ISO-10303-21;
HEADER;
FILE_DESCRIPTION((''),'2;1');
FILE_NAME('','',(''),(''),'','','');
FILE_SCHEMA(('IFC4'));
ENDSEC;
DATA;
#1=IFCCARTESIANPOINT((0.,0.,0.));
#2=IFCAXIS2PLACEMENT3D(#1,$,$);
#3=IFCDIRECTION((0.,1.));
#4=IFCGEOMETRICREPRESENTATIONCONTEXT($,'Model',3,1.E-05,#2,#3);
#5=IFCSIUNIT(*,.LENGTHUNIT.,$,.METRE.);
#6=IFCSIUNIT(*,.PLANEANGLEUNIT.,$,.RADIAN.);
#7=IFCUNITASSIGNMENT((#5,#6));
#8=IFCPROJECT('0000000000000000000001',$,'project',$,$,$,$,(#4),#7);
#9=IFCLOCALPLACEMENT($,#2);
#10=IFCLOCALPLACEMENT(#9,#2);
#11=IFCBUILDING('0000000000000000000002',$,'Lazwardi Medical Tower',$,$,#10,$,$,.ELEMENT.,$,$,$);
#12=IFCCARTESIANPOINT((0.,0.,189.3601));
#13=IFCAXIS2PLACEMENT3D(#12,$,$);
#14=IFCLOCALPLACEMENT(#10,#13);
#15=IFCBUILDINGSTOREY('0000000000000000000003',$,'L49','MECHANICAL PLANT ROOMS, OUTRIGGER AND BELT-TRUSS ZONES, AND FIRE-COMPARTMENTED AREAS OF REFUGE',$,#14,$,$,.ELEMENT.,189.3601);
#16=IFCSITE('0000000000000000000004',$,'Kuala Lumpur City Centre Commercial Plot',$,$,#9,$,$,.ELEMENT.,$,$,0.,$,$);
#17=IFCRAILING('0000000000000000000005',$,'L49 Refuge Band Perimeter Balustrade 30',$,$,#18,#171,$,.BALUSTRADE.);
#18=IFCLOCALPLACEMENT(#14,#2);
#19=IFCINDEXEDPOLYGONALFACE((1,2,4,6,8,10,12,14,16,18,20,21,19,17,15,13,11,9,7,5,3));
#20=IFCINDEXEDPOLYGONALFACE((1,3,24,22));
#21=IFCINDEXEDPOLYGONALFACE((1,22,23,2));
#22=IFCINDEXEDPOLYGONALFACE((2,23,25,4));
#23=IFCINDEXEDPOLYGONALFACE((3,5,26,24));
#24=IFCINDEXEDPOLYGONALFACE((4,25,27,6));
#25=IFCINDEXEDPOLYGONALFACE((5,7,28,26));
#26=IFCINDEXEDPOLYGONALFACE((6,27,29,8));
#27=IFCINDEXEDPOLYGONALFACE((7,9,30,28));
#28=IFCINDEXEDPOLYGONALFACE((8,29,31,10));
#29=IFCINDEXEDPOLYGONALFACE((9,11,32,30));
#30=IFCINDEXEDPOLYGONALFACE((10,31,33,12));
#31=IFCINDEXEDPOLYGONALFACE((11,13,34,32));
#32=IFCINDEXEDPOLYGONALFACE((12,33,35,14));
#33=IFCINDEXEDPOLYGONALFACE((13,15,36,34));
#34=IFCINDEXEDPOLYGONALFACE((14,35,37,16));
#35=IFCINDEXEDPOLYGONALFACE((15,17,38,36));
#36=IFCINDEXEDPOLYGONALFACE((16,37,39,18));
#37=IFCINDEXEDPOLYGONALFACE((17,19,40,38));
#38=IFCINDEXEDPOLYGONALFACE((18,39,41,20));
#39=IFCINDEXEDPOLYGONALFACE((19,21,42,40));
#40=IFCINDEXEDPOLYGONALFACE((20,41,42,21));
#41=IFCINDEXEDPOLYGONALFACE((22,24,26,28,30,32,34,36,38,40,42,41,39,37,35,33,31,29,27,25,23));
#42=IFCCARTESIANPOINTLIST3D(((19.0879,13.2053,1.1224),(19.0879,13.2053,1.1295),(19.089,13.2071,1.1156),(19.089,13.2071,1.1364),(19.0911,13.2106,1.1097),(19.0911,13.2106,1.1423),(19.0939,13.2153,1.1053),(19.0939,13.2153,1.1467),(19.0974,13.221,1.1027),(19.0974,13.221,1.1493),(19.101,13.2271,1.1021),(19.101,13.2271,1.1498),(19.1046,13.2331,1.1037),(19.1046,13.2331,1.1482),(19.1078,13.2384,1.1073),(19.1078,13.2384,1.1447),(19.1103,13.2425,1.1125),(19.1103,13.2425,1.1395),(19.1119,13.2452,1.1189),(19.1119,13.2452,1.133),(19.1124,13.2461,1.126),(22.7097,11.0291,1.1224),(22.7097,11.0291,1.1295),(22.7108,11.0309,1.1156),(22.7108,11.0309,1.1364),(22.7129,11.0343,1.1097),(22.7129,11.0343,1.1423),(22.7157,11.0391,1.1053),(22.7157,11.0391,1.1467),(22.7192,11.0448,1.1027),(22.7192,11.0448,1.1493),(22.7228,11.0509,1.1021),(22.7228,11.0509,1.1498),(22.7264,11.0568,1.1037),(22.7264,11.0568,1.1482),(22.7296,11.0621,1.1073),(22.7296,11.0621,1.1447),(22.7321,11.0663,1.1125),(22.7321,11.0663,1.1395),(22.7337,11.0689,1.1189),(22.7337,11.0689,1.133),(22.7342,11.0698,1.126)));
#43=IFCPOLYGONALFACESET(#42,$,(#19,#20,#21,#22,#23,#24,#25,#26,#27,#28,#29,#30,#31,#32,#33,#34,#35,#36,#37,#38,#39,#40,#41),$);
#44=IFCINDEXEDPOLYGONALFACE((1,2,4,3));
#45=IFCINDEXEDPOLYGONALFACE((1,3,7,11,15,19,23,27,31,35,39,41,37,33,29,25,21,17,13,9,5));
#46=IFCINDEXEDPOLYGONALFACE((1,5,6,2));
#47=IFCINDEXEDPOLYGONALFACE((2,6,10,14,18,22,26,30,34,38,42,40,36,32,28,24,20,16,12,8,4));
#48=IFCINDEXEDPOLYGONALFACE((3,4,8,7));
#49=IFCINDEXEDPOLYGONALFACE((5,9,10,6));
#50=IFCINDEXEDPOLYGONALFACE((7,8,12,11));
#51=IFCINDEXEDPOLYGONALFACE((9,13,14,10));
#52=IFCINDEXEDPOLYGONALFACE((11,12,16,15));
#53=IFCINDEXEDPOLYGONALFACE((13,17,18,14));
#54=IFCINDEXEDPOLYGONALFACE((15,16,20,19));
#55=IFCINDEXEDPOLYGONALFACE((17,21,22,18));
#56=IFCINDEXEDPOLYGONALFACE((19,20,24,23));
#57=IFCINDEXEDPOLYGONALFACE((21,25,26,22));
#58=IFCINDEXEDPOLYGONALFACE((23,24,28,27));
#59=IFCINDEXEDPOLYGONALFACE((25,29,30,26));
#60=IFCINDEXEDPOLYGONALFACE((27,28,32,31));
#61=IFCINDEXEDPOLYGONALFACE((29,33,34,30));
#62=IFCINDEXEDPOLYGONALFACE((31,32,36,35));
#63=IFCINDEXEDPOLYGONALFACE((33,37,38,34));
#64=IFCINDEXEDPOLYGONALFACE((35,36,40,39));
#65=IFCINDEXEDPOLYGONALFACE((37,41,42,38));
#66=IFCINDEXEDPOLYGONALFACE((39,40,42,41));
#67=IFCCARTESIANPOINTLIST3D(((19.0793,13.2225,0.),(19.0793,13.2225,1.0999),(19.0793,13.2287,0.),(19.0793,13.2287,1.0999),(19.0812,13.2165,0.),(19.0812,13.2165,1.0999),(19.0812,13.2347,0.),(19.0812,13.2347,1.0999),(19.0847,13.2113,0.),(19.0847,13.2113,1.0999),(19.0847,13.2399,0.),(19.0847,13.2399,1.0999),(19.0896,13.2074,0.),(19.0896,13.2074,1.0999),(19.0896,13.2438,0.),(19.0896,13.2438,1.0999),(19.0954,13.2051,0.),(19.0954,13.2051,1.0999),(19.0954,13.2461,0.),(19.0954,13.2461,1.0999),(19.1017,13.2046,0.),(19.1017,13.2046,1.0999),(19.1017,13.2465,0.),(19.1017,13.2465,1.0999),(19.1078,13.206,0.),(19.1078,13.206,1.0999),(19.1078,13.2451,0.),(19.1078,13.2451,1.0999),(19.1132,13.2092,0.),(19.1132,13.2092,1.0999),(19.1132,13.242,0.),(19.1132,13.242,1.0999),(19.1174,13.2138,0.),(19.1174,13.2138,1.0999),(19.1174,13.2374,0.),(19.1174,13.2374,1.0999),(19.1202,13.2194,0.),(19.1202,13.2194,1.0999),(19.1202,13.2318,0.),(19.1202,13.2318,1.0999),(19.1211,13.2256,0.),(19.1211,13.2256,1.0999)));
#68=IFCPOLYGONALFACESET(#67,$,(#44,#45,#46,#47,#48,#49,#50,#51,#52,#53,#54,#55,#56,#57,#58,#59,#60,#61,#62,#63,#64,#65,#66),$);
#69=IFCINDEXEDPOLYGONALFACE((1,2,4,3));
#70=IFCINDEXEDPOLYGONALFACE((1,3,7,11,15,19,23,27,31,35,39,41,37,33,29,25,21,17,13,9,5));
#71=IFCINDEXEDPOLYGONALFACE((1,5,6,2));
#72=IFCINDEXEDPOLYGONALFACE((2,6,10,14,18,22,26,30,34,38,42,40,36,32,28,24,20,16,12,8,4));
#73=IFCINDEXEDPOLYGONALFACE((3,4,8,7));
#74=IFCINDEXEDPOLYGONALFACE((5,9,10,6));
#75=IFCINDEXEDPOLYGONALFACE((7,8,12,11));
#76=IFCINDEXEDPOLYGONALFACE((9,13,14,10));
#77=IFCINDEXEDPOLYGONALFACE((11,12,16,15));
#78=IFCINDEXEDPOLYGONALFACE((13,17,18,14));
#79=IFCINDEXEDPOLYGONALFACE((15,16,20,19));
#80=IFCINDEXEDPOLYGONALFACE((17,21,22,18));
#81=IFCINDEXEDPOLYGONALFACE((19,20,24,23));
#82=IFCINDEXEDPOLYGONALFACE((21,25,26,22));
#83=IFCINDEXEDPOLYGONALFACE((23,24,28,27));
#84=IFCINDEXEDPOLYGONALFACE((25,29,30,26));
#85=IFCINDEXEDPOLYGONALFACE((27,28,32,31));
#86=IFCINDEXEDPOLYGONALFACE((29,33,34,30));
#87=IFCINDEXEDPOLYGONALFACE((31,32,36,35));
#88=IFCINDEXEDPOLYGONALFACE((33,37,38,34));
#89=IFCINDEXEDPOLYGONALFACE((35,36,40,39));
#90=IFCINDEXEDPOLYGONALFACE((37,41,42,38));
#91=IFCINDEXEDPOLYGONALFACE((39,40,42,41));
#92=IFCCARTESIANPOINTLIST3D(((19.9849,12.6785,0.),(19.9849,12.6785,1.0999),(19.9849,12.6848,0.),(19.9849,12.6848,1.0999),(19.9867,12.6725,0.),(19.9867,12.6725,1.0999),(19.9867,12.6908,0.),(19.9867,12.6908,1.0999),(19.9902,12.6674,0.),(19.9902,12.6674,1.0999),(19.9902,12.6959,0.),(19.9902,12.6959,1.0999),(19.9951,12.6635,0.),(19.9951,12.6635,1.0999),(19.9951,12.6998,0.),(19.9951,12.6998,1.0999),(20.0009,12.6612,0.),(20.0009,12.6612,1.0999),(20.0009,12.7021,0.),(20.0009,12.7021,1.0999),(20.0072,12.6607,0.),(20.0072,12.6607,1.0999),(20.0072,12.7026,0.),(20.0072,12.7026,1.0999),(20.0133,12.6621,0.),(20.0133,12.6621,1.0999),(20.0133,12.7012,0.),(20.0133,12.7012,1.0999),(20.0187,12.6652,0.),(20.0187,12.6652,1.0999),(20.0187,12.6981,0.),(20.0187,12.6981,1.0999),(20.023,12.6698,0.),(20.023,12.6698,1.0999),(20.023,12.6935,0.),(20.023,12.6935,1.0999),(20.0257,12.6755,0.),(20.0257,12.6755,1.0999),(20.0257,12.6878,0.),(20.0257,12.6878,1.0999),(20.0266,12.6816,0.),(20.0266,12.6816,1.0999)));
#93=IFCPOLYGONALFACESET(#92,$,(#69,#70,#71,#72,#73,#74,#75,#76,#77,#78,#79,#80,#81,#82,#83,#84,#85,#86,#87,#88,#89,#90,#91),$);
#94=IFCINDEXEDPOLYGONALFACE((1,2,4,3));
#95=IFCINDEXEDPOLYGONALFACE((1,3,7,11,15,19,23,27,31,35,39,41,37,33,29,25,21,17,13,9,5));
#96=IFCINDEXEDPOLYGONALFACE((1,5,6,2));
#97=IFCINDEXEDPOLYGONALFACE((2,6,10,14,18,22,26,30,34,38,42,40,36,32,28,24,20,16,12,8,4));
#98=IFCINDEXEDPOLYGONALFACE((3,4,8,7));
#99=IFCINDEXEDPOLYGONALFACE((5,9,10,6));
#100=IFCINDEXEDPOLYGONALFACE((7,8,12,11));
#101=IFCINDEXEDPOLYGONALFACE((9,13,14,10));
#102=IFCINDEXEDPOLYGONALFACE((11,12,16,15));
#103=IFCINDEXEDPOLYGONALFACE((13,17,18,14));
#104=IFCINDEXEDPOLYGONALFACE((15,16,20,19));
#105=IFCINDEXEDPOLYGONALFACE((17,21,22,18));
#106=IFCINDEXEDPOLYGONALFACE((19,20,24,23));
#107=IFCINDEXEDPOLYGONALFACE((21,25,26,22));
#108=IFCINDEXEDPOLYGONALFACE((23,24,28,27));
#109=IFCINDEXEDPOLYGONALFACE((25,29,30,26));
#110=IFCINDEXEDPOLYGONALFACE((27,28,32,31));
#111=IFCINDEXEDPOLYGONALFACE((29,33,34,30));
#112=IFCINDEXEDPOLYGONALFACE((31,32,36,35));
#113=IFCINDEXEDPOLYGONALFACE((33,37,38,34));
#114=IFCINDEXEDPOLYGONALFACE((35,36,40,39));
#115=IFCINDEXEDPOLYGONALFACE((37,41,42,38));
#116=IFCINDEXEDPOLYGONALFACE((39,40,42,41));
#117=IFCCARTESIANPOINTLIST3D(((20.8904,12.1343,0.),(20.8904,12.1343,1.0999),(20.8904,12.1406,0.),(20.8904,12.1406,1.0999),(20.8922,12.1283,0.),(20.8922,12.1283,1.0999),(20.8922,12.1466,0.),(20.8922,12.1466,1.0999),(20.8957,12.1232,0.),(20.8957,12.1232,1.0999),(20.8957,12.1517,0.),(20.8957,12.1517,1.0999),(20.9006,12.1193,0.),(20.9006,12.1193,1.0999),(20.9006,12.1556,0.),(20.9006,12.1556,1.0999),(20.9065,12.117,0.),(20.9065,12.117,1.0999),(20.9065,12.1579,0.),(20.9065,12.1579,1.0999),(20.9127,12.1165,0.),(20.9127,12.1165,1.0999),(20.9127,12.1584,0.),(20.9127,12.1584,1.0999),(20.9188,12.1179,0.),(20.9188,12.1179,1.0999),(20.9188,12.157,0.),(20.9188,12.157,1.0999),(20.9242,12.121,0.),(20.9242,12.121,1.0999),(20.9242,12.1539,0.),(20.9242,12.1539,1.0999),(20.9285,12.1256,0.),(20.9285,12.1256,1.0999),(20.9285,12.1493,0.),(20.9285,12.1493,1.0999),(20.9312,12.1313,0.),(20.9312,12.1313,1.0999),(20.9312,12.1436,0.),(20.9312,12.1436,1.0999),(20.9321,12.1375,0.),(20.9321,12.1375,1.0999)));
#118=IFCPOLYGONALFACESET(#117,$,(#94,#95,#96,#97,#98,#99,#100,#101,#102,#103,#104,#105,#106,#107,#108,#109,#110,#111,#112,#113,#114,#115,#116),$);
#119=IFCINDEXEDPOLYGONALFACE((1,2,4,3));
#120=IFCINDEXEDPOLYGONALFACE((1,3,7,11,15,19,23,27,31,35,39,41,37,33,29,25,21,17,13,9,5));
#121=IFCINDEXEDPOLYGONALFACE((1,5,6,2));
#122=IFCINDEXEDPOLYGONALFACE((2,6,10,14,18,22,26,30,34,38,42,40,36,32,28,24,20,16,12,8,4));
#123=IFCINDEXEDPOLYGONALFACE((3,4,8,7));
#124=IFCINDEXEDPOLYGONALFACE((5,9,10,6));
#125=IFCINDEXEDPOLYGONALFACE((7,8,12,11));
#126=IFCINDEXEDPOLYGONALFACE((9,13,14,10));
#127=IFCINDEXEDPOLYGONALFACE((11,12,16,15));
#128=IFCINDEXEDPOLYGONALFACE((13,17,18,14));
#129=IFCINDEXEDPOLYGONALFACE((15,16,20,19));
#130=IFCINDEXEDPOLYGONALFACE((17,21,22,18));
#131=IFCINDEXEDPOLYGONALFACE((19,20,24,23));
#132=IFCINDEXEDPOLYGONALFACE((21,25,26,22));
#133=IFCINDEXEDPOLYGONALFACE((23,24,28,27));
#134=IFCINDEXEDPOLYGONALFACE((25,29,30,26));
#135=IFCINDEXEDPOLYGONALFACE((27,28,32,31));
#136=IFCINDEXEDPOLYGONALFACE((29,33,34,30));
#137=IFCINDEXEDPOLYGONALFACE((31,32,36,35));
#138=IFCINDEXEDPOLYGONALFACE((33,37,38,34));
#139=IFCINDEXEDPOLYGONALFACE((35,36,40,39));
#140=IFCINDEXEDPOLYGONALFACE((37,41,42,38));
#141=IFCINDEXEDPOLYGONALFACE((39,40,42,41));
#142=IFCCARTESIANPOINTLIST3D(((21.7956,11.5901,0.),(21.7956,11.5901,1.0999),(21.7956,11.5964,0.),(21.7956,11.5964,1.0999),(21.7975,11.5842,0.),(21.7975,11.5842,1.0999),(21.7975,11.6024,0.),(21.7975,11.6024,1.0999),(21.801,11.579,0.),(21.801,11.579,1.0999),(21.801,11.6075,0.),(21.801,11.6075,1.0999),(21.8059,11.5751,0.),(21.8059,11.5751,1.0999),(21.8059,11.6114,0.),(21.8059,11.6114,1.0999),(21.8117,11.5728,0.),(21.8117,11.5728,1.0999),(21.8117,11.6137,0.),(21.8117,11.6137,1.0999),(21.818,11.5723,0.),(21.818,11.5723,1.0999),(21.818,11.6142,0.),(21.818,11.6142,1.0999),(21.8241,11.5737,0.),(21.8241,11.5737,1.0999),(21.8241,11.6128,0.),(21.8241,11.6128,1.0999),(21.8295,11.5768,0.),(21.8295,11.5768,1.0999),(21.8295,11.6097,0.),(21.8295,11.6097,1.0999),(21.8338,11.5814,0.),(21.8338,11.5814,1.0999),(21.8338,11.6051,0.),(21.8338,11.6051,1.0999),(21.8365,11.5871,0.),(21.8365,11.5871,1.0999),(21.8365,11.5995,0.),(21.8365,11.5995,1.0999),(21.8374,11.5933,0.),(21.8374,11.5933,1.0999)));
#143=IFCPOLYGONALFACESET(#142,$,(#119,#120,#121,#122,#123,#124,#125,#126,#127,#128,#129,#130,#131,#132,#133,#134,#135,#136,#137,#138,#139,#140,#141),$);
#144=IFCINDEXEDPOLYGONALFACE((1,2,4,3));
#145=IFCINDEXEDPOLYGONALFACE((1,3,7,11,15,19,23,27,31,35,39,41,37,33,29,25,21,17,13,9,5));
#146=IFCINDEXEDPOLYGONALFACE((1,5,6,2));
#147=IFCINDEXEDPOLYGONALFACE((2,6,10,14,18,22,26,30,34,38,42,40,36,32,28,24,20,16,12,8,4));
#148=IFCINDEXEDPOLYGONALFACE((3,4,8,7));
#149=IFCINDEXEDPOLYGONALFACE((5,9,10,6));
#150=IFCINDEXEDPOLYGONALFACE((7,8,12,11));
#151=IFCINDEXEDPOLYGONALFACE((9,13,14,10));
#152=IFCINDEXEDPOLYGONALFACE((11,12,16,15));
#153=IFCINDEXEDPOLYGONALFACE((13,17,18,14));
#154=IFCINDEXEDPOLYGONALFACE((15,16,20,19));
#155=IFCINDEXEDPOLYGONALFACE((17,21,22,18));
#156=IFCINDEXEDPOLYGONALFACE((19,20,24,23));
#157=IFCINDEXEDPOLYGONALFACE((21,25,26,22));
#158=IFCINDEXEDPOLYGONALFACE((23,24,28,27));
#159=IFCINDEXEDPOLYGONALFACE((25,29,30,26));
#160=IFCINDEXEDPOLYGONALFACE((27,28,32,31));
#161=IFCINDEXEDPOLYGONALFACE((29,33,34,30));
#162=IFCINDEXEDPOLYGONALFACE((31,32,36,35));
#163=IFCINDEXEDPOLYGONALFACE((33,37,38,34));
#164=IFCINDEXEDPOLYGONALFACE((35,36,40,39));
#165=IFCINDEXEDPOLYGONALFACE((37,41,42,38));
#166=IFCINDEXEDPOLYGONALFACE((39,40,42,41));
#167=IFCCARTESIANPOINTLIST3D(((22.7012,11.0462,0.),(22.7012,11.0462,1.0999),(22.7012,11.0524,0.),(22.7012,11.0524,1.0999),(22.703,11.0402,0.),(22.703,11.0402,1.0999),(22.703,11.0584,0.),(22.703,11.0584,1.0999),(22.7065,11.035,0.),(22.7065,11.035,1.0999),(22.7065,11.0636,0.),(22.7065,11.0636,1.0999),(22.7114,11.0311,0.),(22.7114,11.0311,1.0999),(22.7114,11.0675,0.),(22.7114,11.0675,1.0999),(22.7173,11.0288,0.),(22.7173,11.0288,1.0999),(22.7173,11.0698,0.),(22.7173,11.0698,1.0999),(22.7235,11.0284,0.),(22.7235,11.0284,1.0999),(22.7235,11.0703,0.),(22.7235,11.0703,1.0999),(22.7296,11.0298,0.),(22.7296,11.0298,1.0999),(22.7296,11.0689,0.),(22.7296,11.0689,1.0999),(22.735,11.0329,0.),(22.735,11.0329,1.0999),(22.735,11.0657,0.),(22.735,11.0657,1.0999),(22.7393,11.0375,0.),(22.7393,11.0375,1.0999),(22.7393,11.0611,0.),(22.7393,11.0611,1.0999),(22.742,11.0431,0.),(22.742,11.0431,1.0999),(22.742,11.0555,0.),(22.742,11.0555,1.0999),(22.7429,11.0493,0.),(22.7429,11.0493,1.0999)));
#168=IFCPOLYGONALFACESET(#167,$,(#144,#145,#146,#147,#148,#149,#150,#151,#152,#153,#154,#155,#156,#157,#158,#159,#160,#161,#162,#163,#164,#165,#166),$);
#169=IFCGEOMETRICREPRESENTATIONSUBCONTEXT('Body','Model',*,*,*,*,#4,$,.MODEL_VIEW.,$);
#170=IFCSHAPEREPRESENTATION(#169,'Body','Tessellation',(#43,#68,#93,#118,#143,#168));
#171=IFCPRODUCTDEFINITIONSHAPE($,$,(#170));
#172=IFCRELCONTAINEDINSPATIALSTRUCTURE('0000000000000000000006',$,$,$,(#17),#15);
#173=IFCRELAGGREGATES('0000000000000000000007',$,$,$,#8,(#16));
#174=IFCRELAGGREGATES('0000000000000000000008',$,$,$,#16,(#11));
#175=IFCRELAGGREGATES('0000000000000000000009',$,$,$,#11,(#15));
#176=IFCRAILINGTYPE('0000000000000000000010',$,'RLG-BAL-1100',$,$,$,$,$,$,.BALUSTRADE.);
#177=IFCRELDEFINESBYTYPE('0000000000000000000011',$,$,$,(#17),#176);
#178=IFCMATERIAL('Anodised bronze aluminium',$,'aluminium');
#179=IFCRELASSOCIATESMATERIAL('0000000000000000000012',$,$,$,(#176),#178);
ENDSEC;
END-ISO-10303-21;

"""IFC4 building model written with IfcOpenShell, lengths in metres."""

from ifc_helpers import new_model, si_unit, direction, frame, origin, origin_2d, place, context, subcontext, project, spatial, circle, extrude, material, type_object, element, save


model = new_model("IFC4")

# Units and contexts
model_context = context("Model", 3, precision=1e-05, world=origin(), true_north=direction((0.0, 1.0)))
body_context = subcontext(model_context, "Body", "Model", "MODEL_VIEW")
ifc_project = project(units=[si_unit("LENGTHUNIT", "METRE"), si_unit("PLANEANGLEUNIT", "RADIAN")], contexts=[model_context])

# Site, building, storey
site_placement = place(None, origin())
site = spatial("IfcSite", under=ifc_project, at=site_placement, Name="Kuala Lumpur City Centre Commercial Plot", CompositionType="ELEMENT", RefElevation=0.0)
building_placement = place(site_placement, origin())
building = spatial("IfcBuilding", under=site, at=building_placement, Name="Lazwardi Medical Tower", CompositionType="ELEMENT")
storey_placement = place(building_placement, frame((0.0, 0.0, 189.3601)))
storey = spatial("IfcBuildingStorey", under=building, at=storey_placement, Name="L49", Description="MECHANICAL PLANT ROOMS, OUTRIGGER AND BELT-TRUSS ZONES, AND FIRE-COMPARTMENTED AREAS OF REFUGE", CompositionType="ELEMENT", Elevation=189.3601)

# Railing
ifc_material_1 = material(Name="Anodised bronze aluminium", Category="aluminium")
railing_type = type_object("IfcRailingType", Name="RLG-BAL-1100", PredefinedType="BALUSTRADE", material=ifc_material_1)
railing_1_placement = place(storey_placement, frame((19.1001, 13.2256, 0.0)))
element("IfcRailing", 1, at=railing_1_placement, inside=storey, type_object=railing_type, Name="L49 Refuge Band Perimeter Balustrade 30", PredefinedType="BALUSTRADE", context=body_context, shape_type="SweptSolid", body=[
    extrude(circle(Radius=0.0239, at=origin_2d()), frame((0.0, 0.0, 1.126), z_axis=(0.857161, -0.515048, 0.0), x_axis=(0.515048, 0.857161, 0.0)), (0.0, 0.0, 1.0), 4.2253),
    extrude(circle(Radius=0.021, at=origin_2d()), origin(), (0.0, 0.0, 1.0), 1.0999),
    extrude(circle(Radius=0.021, at=origin_2d()), frame((0.9055, -0.5439, 0.0)), (0.0, 0.0, 1.0), 1.0999),
    extrude(circle(Radius=0.021, at=origin_2d()), frame((1.811, -1.0881, 0.0)), (0.0, 0.0, 1.0), 1.0999),
    extrude(circle(Radius=0.021, at=origin_2d()), frame((2.7163, -1.6323, 0.0)), (0.0, 0.0, 1.0), 1.0999),
    extrude(circle(Radius=0.021, at=origin_2d()), frame((3.6218, -2.1763, 0.0)), (0.0, 0.0, 1.0), 1.0999),
])

save(model, "model.ifc")
